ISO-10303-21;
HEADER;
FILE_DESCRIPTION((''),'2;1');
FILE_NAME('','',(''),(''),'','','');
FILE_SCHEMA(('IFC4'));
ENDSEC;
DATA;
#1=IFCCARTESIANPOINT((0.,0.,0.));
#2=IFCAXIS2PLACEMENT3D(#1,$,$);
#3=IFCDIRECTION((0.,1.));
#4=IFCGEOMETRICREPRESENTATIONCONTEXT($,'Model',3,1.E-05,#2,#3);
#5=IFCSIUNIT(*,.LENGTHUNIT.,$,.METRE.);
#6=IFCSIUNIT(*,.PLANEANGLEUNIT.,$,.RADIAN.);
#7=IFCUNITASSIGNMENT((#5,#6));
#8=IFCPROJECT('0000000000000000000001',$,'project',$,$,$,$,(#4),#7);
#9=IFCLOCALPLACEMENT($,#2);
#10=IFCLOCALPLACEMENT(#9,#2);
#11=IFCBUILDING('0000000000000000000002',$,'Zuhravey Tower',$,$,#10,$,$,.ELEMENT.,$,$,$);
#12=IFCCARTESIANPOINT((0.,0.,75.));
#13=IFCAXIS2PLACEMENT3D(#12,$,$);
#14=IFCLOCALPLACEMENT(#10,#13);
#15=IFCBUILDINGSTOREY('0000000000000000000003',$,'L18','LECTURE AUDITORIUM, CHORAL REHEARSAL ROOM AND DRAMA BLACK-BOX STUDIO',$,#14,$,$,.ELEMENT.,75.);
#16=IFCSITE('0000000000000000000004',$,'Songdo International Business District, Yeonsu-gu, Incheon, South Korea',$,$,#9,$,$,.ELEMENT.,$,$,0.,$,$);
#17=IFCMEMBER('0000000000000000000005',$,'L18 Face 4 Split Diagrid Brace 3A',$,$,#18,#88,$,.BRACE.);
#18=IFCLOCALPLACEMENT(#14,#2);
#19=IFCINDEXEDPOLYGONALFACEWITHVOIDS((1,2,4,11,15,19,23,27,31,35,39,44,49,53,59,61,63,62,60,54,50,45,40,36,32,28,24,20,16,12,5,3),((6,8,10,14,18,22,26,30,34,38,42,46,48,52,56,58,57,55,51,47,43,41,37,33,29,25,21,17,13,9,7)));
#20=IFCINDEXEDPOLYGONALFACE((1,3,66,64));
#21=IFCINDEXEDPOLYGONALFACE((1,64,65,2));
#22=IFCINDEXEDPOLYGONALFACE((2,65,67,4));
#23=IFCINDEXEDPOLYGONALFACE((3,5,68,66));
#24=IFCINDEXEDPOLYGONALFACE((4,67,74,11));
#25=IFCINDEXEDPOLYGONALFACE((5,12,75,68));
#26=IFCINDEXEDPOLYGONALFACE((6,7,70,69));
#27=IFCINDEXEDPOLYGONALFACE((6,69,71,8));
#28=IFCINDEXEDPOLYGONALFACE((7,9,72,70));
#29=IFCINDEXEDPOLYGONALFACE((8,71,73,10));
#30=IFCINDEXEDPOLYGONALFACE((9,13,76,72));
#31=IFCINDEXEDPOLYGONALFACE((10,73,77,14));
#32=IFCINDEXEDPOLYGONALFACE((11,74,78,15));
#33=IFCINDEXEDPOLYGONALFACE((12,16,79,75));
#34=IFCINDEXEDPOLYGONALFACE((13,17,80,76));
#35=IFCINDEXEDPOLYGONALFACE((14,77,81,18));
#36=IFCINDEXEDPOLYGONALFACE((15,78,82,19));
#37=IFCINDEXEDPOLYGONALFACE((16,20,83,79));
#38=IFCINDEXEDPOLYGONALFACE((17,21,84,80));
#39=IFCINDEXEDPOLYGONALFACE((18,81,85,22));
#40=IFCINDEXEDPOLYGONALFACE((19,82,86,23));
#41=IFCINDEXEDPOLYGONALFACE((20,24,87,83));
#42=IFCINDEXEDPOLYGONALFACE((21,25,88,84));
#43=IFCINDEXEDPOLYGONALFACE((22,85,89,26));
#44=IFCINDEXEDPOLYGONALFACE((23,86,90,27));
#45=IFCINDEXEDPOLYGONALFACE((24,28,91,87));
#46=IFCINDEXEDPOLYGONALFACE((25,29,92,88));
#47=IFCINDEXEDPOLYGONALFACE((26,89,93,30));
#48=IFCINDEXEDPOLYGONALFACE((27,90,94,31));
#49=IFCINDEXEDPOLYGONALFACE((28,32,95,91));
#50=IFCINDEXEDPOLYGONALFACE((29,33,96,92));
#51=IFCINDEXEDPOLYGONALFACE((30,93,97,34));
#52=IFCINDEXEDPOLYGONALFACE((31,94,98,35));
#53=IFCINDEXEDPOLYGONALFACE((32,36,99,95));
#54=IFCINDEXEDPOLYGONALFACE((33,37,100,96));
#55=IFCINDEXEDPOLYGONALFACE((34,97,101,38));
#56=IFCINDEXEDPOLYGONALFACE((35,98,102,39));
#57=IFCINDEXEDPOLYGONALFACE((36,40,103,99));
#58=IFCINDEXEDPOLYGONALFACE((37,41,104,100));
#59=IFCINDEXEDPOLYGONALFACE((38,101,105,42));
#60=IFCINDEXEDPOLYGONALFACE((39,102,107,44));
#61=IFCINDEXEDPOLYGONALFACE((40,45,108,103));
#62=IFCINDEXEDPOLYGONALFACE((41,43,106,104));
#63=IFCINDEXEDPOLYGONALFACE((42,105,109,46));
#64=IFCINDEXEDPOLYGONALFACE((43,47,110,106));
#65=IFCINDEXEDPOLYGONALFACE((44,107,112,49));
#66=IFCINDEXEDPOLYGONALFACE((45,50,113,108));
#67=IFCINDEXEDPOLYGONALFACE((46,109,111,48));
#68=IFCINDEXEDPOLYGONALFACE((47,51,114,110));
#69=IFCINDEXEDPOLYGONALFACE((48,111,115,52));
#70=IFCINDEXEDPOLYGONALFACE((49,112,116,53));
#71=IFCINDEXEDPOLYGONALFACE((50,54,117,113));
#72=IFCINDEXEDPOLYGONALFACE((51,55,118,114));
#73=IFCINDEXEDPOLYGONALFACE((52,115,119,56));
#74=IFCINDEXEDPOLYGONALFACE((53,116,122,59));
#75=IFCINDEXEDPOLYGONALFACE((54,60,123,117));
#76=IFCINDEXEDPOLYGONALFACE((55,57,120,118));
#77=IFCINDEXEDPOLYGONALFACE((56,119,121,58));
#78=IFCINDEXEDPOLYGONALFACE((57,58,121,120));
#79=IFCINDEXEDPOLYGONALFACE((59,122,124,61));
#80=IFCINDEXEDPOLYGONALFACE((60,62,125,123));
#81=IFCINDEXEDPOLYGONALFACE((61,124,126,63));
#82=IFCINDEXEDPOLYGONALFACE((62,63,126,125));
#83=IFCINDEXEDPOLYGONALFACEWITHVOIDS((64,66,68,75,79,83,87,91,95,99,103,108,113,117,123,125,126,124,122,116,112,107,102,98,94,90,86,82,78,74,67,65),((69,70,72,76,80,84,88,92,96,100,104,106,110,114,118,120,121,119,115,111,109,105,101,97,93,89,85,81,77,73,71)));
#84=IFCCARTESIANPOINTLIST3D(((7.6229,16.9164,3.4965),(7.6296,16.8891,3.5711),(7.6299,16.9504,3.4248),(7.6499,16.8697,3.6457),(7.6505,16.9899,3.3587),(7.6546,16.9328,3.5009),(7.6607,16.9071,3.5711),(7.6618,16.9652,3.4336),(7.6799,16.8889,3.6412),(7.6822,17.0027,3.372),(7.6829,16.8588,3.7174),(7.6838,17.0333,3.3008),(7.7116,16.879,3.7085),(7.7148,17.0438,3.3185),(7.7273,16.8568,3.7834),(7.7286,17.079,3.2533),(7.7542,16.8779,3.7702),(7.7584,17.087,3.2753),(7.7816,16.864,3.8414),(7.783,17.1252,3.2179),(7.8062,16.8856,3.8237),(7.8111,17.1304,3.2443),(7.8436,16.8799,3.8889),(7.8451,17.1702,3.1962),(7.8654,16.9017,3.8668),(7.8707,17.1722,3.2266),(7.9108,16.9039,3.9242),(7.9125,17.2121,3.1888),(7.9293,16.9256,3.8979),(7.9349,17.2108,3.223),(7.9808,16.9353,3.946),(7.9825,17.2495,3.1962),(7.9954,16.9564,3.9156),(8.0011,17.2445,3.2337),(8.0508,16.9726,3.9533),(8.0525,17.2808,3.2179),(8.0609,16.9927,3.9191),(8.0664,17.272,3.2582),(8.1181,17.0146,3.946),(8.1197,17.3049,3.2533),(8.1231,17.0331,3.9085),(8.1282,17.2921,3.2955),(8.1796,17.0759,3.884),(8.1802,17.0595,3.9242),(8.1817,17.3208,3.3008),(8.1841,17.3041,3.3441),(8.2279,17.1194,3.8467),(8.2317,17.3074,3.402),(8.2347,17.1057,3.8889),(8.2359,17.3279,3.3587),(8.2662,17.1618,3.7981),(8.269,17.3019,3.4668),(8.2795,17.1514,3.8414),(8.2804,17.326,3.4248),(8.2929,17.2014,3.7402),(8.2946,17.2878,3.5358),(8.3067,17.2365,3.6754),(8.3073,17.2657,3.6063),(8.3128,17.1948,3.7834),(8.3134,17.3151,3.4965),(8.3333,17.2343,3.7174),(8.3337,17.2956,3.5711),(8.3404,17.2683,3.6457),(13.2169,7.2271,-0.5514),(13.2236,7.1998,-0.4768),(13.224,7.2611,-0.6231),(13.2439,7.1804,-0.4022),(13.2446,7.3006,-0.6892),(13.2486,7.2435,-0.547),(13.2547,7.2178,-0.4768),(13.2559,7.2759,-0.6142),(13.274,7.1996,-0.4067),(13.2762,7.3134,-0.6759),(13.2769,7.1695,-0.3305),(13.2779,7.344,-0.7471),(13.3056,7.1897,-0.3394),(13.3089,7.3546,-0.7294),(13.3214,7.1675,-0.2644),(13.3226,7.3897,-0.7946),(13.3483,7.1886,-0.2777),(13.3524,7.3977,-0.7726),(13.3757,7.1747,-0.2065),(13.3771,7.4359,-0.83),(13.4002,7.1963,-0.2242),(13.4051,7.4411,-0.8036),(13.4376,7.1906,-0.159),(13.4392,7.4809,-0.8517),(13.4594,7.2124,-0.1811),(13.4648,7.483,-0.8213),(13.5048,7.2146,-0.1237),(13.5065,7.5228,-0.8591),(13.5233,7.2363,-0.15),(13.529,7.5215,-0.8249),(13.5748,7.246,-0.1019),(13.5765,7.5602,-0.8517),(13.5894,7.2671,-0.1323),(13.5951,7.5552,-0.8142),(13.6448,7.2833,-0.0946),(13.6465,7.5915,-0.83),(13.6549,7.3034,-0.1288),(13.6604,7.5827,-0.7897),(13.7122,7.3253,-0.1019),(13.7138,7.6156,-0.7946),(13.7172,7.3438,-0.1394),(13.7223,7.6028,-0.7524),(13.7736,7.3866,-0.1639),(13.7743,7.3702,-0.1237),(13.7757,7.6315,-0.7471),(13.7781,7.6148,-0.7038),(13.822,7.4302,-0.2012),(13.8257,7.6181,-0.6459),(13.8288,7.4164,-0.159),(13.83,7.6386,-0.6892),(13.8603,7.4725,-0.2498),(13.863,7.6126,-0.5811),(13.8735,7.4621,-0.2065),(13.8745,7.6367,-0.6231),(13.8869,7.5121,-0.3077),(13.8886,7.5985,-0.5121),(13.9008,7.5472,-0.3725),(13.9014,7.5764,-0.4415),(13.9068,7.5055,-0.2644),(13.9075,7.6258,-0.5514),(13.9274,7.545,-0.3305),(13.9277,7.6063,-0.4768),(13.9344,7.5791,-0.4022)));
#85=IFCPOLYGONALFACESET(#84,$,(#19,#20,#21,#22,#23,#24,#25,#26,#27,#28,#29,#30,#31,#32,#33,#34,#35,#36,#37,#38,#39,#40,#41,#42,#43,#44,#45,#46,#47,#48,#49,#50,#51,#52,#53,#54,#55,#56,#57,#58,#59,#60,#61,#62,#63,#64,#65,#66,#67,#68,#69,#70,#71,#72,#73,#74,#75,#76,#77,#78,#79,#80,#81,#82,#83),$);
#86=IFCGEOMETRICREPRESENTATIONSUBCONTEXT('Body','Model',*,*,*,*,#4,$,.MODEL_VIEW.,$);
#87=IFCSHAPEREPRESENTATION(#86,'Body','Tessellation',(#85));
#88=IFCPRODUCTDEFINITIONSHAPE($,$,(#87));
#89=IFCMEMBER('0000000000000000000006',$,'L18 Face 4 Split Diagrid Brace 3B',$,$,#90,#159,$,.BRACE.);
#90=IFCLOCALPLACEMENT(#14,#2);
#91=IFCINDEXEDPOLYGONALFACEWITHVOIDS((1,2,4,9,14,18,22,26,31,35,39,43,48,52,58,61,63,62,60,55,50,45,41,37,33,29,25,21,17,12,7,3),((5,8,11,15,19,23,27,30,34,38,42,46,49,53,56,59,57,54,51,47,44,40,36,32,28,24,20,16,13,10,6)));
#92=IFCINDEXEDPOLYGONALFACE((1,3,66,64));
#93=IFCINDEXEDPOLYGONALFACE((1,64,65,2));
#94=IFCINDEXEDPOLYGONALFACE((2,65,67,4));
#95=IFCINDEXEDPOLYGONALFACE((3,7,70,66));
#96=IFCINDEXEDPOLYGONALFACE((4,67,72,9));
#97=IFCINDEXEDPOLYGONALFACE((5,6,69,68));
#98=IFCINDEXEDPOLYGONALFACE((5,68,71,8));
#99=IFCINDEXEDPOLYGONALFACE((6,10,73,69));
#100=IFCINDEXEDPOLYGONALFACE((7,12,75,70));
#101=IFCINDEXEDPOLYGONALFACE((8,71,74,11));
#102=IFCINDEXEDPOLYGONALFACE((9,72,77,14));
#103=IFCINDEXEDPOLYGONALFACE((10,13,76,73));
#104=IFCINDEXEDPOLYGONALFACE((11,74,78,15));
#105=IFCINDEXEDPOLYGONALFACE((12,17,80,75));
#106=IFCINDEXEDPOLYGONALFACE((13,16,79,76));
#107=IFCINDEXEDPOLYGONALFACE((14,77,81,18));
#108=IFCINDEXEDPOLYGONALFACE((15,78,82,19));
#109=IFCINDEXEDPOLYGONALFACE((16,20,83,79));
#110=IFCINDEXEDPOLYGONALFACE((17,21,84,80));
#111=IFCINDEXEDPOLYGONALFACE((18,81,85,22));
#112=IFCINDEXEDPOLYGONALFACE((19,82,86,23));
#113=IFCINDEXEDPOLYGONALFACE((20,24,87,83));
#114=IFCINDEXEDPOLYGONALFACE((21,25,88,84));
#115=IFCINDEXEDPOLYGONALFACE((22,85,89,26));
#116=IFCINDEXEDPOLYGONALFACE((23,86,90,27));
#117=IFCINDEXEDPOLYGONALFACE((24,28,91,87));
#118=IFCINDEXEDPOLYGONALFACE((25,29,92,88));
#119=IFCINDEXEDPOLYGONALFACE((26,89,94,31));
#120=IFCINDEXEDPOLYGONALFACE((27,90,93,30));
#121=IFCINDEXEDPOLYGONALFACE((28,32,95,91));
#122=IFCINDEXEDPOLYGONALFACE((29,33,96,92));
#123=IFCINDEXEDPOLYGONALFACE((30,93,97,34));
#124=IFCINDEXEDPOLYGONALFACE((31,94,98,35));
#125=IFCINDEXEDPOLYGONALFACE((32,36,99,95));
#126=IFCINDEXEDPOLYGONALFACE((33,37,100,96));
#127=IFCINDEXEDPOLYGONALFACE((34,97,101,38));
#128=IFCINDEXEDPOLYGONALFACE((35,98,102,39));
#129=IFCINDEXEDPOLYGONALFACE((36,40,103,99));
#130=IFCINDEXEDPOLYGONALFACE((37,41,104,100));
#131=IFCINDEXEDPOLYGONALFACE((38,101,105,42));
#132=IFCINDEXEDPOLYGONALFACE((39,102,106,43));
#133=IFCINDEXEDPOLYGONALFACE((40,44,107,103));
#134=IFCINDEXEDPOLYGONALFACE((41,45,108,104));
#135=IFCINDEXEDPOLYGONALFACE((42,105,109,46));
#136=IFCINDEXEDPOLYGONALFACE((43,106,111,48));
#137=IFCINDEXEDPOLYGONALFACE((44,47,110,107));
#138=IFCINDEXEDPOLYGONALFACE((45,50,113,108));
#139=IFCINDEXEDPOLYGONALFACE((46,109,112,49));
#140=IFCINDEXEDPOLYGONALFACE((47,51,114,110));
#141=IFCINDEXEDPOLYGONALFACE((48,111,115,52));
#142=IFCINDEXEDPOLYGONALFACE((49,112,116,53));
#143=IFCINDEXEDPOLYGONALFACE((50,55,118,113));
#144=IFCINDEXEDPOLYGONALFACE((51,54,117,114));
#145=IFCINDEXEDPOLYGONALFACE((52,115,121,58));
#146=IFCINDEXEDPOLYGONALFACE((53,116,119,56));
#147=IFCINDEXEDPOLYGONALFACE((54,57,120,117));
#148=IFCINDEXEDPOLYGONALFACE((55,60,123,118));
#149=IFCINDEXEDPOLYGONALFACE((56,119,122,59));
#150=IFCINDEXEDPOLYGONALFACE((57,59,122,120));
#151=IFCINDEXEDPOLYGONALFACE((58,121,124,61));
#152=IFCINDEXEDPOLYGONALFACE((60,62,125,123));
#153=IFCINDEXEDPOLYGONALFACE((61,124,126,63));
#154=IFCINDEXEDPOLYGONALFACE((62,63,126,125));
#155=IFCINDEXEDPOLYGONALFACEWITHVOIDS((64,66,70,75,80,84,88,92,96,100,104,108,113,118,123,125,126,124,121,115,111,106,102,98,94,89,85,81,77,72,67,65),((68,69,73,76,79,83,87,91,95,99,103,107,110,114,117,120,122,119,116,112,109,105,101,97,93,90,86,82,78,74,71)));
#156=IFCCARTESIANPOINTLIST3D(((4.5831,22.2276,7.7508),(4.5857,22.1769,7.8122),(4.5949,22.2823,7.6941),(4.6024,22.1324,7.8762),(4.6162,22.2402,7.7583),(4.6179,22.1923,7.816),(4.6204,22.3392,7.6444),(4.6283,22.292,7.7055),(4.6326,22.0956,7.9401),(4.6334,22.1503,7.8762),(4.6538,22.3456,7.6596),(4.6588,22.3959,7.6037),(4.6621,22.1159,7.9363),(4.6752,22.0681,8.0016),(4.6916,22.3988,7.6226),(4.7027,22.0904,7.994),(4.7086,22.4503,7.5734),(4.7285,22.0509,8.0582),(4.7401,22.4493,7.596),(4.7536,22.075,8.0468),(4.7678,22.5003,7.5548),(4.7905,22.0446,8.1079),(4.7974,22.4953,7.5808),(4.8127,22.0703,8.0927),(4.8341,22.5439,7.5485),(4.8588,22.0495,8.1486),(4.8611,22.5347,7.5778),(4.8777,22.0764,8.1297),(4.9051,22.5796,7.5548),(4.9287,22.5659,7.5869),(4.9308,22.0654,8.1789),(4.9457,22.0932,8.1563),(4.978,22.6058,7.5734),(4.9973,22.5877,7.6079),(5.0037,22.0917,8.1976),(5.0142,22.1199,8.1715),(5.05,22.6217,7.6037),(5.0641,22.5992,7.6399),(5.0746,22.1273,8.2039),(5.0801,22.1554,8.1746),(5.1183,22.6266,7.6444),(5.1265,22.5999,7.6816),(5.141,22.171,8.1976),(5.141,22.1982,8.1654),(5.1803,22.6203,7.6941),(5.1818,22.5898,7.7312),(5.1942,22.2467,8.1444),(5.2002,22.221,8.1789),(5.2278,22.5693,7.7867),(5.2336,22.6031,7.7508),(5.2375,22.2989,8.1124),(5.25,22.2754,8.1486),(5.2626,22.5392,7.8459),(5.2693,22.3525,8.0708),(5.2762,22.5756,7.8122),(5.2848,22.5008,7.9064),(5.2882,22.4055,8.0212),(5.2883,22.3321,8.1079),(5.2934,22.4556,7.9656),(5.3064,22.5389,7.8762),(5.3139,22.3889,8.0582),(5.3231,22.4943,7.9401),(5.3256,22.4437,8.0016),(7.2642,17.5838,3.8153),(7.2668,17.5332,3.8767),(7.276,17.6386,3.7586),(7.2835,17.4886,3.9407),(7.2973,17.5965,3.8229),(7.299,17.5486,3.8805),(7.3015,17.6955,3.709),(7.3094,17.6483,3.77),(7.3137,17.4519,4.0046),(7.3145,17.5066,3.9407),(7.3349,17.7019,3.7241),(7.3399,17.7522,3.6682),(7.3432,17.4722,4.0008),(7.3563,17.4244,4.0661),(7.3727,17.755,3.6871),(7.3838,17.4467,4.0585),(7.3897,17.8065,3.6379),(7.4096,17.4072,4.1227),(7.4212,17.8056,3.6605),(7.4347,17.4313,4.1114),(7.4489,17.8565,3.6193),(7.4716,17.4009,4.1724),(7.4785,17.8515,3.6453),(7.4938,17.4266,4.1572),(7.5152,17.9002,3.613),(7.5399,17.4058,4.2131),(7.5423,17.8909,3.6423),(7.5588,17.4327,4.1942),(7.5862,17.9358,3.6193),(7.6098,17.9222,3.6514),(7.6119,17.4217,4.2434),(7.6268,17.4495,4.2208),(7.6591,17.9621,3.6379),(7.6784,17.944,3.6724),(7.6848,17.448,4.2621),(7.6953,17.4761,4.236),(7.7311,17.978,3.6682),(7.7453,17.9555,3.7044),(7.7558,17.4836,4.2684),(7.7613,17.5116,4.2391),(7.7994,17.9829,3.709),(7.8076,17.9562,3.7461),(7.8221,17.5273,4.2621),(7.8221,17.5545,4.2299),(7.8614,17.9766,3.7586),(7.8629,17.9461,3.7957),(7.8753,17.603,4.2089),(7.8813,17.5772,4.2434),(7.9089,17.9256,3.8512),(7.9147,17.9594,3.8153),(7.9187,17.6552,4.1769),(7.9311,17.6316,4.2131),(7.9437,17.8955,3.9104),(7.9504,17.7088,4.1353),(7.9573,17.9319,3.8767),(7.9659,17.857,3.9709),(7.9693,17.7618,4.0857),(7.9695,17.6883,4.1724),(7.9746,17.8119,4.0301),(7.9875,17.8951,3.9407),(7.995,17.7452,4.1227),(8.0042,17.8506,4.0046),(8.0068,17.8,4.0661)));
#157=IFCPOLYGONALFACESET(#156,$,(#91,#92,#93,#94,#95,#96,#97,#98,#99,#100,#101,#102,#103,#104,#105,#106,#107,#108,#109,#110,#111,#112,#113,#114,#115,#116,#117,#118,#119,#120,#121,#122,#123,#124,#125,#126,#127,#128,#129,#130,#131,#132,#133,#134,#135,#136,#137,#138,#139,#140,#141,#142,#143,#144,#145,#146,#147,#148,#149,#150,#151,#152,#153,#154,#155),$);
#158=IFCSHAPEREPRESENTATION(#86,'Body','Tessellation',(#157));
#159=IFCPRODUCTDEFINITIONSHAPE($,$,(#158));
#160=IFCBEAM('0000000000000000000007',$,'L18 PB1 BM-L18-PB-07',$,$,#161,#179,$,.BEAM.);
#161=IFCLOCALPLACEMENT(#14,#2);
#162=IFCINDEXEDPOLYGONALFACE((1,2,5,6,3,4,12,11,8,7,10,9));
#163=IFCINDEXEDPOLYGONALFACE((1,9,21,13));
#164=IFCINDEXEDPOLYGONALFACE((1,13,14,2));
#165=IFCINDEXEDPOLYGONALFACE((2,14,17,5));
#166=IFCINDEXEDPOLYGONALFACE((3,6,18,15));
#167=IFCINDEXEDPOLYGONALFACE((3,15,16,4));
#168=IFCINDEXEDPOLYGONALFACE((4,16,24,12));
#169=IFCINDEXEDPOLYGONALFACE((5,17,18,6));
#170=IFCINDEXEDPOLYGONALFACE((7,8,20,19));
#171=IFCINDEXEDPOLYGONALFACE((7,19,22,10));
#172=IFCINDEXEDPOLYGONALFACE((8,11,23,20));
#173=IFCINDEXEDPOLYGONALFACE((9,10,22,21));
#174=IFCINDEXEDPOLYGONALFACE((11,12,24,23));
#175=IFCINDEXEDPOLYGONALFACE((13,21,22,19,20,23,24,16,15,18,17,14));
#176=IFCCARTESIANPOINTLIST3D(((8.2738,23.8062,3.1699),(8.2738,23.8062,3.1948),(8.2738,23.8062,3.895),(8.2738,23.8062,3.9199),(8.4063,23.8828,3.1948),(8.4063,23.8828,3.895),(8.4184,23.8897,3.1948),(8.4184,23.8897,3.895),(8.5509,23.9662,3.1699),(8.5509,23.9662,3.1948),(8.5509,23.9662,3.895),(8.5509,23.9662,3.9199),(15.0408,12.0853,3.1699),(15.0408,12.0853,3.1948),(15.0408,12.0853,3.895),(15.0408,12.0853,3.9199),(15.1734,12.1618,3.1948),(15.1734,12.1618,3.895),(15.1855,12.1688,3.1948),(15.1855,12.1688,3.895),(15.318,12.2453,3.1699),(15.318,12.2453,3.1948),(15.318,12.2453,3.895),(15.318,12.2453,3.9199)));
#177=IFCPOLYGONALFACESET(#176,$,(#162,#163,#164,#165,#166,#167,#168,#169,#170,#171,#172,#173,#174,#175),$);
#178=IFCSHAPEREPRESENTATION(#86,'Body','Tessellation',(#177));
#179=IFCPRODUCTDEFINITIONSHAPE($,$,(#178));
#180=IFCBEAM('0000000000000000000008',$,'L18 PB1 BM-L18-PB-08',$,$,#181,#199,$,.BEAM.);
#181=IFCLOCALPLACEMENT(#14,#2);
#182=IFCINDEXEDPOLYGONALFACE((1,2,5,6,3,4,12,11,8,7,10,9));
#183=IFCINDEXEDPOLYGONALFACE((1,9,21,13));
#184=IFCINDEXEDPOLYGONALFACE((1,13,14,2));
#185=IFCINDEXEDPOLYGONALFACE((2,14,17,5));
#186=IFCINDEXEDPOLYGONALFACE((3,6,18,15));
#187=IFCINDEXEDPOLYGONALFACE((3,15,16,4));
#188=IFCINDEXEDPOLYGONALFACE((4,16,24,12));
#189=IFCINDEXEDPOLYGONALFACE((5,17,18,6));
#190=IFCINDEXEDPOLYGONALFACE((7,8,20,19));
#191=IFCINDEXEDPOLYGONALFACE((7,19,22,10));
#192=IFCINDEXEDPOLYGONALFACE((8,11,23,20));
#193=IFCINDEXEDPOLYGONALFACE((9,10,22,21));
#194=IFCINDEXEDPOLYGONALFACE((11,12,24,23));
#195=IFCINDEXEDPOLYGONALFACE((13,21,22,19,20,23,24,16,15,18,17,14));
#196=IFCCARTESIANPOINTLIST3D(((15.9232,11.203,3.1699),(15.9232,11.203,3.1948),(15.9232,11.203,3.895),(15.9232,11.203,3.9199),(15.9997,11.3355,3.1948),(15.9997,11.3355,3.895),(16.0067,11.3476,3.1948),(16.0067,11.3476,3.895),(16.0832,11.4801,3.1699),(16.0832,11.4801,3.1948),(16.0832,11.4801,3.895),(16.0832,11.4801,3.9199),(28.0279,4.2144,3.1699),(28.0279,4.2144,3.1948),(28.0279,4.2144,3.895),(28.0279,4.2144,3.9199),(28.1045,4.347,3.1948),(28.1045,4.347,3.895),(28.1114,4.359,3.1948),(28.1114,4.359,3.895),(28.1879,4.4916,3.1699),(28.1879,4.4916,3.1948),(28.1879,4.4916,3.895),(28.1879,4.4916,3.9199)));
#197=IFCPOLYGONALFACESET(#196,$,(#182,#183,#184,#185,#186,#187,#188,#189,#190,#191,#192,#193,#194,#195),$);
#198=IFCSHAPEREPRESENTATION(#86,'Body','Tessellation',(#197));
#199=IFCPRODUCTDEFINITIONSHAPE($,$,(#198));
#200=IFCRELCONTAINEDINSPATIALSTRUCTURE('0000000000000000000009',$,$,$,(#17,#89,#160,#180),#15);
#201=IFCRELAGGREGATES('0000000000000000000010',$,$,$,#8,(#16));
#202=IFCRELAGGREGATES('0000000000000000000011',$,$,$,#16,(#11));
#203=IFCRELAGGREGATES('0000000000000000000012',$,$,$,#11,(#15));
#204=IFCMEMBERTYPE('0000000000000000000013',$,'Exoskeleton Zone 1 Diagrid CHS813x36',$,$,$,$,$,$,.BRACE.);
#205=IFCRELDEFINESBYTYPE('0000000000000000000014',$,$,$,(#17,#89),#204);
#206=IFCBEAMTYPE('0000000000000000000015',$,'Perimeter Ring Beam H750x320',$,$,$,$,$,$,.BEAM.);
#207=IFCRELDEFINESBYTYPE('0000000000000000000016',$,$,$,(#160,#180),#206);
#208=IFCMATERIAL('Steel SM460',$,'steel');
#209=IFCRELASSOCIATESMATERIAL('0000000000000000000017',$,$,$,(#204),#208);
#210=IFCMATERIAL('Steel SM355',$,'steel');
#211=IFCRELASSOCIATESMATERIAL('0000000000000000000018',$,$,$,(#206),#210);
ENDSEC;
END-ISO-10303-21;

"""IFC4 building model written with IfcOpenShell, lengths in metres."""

from ifc_helpers import new_model, si_unit, direction, frame, origin, origin_2d, place, context, subcontext, project, spatial, hollow_circle, i_section, extrude, material, material_profile, profile_set, type_object, element, save


model = new_model("IFC4")

# Units and contexts
model_context = context("Model", 3, precision=1e-05, world=origin(), true_north=direction((0.0, 1.0)))
body_context = subcontext(model_context, "Body", "Model", "MODEL_VIEW")
ifc_project = project(units=[si_unit("LENGTHUNIT", "METRE"), si_unit("PLANEANGLEUNIT", "RADIAN")], contexts=[model_context])

# Site, building, storey
site_placement = place(None, origin())
site = spatial("IfcSite", under=ifc_project, at=site_placement, Name="Songdo International Business District, Yeonsu-gu, Incheon, South Korea", CompositionType="ELEMENT", RefElevation=0.0)
building_placement = place(site_placement, origin())
building = spatial("IfcBuilding", under=site, at=building_placement, Name="Zuhravey Tower", CompositionType="ELEMENT")
storey_placement = place(building_placement, frame((0.0, 0.0, 75.0)))
storey = spatial("IfcBuildingStorey", under=building, at=storey_placement, Name="L18", Description="LECTURE AUDITORIUM, CHORAL REHEARSAL ROOM AND DRAMA BLACK-BOX STUDIO", CompositionType="ELEMENT", Elevation=75.0)

# Members
ifc_material_1 = material(Name="Steel SM355", Category="steel")
ifc_material_2 = material(Name="Steel SM460", Category="steel")
ifc_material_profile_1 = material_profile(ifc_material_2, hollow_circle(Radius=0.4065, WallThickness=0.0359, at=origin_2d()), Name="CHS-812.8x36")
ifc_profile_set_1 = profile_set([ifc_material_profile_1], Name="Steel SM460")
member_type_1 = type_object("IfcMemberType", Name="Exoskeleton Zone 1 Diagrid CHS813x36", PredefinedType="BRACE", material=ifc_profile_set_1)
member_1_placement = place(storey_placement, frame((13.5757, 7.4031, -0.4768), z_axis=(-0.470169, 0.814367, 0.340217), x_axis=(-0.866028, -0.499995, 0.0)))
element("IfcMember", 1, at=member_1_placement, inside=storey, type_object=member_type_1, Name="L18 Face 4 Split Diagrid Brace 3A", PredefinedType="BRACE", context=body_context, shape_type="SweptSolid", body=[
    extrude(hollow_circle(Radius=0.4065, WallThickness=0.0359, at=origin_2d()), origin(), (0.0, 0.0, 1.0), 11.8979),
])
member_2_placement = place(storey_placement, frame((7.6355, 17.6919, 3.9407), z_axis=(-0.403092, 0.698162, 0.591681), x_axis=(-0.866021, -0.500008, 0.0)))
element("IfcMember", 2, at=member_2_placement, inside=storey, type_object=member_type_1, Name="L18 Face 4 Split Diagrid Brace 3B", PredefinedType="BRACE", context=body_context, shape_type="SweptSolid", body=[
    extrude(hollow_circle(Radius=0.4065, WallThickness=0.0359, at=origin_2d()), origin(), (0.0, 0.0, 1.0), 6.6514),
])

# Beams
ifc_material_profile_2 = material_profile(ifc_material_1, i_section(OverallWidth=0.3201, OverallDepth=0.75, WebThickness=0.0139, FlangeThickness=0.0249, at=origin_2d()), Name="H-750x320x14x25")
ifc_profile_set_2 = profile_set([ifc_material_profile_2], Name="Steel SM355")
beam_type_1 = type_object("IfcBeamType", Name="Perimeter Ring Beam H750x320", PredefinedType="BEAM", material=ifc_profile_set_2)
beam_1_placement = place(storey_placement, frame((8.4124, 23.8862, 3.5449), z_axis=(0.5, -0.866025, 0.0), x_axis=(0.866025, 0.5, 0.0)))
element("IfcBeam", 3, at=beam_1_placement, inside=storey, type_object=beam_type_1, Name="L18 PB1 BM-L18-PB-07", PredefinedType="BEAM", context=body_context, shape_type="SweptSolid", body=[
    extrude(i_section(OverallWidth=0.3201, OverallDepth=0.75, WebThickness=0.0139, FlangeThickness=0.0249, at=origin_2d()), origin(), (0.0, 0.0, 1.0), 13.5342),
])
beam_2_placement = place(storey_placement, frame((16.0032, 11.3416, 3.5449), z_axis=(0.86603, -0.499992, 0.0), x_axis=(0.499992, 0.86603, 0.0)))
element("IfcBeam", 4, at=beam_2_placement, inside=storey, type_object=beam_type_1, Name="L18 PB1 BM-L18-PB-08", PredefinedType="BEAM", context=body_context, shape_type="SweptSolid", body=[
    extrude(i_section(OverallWidth=0.3201, OverallDepth=0.75, WebThickness=0.0139, FlangeThickness=0.0249, at=origin_2d()), origin(), (0.0, 0.0, 1.0), 13.9773),
])

save(model, "model.ifc")
